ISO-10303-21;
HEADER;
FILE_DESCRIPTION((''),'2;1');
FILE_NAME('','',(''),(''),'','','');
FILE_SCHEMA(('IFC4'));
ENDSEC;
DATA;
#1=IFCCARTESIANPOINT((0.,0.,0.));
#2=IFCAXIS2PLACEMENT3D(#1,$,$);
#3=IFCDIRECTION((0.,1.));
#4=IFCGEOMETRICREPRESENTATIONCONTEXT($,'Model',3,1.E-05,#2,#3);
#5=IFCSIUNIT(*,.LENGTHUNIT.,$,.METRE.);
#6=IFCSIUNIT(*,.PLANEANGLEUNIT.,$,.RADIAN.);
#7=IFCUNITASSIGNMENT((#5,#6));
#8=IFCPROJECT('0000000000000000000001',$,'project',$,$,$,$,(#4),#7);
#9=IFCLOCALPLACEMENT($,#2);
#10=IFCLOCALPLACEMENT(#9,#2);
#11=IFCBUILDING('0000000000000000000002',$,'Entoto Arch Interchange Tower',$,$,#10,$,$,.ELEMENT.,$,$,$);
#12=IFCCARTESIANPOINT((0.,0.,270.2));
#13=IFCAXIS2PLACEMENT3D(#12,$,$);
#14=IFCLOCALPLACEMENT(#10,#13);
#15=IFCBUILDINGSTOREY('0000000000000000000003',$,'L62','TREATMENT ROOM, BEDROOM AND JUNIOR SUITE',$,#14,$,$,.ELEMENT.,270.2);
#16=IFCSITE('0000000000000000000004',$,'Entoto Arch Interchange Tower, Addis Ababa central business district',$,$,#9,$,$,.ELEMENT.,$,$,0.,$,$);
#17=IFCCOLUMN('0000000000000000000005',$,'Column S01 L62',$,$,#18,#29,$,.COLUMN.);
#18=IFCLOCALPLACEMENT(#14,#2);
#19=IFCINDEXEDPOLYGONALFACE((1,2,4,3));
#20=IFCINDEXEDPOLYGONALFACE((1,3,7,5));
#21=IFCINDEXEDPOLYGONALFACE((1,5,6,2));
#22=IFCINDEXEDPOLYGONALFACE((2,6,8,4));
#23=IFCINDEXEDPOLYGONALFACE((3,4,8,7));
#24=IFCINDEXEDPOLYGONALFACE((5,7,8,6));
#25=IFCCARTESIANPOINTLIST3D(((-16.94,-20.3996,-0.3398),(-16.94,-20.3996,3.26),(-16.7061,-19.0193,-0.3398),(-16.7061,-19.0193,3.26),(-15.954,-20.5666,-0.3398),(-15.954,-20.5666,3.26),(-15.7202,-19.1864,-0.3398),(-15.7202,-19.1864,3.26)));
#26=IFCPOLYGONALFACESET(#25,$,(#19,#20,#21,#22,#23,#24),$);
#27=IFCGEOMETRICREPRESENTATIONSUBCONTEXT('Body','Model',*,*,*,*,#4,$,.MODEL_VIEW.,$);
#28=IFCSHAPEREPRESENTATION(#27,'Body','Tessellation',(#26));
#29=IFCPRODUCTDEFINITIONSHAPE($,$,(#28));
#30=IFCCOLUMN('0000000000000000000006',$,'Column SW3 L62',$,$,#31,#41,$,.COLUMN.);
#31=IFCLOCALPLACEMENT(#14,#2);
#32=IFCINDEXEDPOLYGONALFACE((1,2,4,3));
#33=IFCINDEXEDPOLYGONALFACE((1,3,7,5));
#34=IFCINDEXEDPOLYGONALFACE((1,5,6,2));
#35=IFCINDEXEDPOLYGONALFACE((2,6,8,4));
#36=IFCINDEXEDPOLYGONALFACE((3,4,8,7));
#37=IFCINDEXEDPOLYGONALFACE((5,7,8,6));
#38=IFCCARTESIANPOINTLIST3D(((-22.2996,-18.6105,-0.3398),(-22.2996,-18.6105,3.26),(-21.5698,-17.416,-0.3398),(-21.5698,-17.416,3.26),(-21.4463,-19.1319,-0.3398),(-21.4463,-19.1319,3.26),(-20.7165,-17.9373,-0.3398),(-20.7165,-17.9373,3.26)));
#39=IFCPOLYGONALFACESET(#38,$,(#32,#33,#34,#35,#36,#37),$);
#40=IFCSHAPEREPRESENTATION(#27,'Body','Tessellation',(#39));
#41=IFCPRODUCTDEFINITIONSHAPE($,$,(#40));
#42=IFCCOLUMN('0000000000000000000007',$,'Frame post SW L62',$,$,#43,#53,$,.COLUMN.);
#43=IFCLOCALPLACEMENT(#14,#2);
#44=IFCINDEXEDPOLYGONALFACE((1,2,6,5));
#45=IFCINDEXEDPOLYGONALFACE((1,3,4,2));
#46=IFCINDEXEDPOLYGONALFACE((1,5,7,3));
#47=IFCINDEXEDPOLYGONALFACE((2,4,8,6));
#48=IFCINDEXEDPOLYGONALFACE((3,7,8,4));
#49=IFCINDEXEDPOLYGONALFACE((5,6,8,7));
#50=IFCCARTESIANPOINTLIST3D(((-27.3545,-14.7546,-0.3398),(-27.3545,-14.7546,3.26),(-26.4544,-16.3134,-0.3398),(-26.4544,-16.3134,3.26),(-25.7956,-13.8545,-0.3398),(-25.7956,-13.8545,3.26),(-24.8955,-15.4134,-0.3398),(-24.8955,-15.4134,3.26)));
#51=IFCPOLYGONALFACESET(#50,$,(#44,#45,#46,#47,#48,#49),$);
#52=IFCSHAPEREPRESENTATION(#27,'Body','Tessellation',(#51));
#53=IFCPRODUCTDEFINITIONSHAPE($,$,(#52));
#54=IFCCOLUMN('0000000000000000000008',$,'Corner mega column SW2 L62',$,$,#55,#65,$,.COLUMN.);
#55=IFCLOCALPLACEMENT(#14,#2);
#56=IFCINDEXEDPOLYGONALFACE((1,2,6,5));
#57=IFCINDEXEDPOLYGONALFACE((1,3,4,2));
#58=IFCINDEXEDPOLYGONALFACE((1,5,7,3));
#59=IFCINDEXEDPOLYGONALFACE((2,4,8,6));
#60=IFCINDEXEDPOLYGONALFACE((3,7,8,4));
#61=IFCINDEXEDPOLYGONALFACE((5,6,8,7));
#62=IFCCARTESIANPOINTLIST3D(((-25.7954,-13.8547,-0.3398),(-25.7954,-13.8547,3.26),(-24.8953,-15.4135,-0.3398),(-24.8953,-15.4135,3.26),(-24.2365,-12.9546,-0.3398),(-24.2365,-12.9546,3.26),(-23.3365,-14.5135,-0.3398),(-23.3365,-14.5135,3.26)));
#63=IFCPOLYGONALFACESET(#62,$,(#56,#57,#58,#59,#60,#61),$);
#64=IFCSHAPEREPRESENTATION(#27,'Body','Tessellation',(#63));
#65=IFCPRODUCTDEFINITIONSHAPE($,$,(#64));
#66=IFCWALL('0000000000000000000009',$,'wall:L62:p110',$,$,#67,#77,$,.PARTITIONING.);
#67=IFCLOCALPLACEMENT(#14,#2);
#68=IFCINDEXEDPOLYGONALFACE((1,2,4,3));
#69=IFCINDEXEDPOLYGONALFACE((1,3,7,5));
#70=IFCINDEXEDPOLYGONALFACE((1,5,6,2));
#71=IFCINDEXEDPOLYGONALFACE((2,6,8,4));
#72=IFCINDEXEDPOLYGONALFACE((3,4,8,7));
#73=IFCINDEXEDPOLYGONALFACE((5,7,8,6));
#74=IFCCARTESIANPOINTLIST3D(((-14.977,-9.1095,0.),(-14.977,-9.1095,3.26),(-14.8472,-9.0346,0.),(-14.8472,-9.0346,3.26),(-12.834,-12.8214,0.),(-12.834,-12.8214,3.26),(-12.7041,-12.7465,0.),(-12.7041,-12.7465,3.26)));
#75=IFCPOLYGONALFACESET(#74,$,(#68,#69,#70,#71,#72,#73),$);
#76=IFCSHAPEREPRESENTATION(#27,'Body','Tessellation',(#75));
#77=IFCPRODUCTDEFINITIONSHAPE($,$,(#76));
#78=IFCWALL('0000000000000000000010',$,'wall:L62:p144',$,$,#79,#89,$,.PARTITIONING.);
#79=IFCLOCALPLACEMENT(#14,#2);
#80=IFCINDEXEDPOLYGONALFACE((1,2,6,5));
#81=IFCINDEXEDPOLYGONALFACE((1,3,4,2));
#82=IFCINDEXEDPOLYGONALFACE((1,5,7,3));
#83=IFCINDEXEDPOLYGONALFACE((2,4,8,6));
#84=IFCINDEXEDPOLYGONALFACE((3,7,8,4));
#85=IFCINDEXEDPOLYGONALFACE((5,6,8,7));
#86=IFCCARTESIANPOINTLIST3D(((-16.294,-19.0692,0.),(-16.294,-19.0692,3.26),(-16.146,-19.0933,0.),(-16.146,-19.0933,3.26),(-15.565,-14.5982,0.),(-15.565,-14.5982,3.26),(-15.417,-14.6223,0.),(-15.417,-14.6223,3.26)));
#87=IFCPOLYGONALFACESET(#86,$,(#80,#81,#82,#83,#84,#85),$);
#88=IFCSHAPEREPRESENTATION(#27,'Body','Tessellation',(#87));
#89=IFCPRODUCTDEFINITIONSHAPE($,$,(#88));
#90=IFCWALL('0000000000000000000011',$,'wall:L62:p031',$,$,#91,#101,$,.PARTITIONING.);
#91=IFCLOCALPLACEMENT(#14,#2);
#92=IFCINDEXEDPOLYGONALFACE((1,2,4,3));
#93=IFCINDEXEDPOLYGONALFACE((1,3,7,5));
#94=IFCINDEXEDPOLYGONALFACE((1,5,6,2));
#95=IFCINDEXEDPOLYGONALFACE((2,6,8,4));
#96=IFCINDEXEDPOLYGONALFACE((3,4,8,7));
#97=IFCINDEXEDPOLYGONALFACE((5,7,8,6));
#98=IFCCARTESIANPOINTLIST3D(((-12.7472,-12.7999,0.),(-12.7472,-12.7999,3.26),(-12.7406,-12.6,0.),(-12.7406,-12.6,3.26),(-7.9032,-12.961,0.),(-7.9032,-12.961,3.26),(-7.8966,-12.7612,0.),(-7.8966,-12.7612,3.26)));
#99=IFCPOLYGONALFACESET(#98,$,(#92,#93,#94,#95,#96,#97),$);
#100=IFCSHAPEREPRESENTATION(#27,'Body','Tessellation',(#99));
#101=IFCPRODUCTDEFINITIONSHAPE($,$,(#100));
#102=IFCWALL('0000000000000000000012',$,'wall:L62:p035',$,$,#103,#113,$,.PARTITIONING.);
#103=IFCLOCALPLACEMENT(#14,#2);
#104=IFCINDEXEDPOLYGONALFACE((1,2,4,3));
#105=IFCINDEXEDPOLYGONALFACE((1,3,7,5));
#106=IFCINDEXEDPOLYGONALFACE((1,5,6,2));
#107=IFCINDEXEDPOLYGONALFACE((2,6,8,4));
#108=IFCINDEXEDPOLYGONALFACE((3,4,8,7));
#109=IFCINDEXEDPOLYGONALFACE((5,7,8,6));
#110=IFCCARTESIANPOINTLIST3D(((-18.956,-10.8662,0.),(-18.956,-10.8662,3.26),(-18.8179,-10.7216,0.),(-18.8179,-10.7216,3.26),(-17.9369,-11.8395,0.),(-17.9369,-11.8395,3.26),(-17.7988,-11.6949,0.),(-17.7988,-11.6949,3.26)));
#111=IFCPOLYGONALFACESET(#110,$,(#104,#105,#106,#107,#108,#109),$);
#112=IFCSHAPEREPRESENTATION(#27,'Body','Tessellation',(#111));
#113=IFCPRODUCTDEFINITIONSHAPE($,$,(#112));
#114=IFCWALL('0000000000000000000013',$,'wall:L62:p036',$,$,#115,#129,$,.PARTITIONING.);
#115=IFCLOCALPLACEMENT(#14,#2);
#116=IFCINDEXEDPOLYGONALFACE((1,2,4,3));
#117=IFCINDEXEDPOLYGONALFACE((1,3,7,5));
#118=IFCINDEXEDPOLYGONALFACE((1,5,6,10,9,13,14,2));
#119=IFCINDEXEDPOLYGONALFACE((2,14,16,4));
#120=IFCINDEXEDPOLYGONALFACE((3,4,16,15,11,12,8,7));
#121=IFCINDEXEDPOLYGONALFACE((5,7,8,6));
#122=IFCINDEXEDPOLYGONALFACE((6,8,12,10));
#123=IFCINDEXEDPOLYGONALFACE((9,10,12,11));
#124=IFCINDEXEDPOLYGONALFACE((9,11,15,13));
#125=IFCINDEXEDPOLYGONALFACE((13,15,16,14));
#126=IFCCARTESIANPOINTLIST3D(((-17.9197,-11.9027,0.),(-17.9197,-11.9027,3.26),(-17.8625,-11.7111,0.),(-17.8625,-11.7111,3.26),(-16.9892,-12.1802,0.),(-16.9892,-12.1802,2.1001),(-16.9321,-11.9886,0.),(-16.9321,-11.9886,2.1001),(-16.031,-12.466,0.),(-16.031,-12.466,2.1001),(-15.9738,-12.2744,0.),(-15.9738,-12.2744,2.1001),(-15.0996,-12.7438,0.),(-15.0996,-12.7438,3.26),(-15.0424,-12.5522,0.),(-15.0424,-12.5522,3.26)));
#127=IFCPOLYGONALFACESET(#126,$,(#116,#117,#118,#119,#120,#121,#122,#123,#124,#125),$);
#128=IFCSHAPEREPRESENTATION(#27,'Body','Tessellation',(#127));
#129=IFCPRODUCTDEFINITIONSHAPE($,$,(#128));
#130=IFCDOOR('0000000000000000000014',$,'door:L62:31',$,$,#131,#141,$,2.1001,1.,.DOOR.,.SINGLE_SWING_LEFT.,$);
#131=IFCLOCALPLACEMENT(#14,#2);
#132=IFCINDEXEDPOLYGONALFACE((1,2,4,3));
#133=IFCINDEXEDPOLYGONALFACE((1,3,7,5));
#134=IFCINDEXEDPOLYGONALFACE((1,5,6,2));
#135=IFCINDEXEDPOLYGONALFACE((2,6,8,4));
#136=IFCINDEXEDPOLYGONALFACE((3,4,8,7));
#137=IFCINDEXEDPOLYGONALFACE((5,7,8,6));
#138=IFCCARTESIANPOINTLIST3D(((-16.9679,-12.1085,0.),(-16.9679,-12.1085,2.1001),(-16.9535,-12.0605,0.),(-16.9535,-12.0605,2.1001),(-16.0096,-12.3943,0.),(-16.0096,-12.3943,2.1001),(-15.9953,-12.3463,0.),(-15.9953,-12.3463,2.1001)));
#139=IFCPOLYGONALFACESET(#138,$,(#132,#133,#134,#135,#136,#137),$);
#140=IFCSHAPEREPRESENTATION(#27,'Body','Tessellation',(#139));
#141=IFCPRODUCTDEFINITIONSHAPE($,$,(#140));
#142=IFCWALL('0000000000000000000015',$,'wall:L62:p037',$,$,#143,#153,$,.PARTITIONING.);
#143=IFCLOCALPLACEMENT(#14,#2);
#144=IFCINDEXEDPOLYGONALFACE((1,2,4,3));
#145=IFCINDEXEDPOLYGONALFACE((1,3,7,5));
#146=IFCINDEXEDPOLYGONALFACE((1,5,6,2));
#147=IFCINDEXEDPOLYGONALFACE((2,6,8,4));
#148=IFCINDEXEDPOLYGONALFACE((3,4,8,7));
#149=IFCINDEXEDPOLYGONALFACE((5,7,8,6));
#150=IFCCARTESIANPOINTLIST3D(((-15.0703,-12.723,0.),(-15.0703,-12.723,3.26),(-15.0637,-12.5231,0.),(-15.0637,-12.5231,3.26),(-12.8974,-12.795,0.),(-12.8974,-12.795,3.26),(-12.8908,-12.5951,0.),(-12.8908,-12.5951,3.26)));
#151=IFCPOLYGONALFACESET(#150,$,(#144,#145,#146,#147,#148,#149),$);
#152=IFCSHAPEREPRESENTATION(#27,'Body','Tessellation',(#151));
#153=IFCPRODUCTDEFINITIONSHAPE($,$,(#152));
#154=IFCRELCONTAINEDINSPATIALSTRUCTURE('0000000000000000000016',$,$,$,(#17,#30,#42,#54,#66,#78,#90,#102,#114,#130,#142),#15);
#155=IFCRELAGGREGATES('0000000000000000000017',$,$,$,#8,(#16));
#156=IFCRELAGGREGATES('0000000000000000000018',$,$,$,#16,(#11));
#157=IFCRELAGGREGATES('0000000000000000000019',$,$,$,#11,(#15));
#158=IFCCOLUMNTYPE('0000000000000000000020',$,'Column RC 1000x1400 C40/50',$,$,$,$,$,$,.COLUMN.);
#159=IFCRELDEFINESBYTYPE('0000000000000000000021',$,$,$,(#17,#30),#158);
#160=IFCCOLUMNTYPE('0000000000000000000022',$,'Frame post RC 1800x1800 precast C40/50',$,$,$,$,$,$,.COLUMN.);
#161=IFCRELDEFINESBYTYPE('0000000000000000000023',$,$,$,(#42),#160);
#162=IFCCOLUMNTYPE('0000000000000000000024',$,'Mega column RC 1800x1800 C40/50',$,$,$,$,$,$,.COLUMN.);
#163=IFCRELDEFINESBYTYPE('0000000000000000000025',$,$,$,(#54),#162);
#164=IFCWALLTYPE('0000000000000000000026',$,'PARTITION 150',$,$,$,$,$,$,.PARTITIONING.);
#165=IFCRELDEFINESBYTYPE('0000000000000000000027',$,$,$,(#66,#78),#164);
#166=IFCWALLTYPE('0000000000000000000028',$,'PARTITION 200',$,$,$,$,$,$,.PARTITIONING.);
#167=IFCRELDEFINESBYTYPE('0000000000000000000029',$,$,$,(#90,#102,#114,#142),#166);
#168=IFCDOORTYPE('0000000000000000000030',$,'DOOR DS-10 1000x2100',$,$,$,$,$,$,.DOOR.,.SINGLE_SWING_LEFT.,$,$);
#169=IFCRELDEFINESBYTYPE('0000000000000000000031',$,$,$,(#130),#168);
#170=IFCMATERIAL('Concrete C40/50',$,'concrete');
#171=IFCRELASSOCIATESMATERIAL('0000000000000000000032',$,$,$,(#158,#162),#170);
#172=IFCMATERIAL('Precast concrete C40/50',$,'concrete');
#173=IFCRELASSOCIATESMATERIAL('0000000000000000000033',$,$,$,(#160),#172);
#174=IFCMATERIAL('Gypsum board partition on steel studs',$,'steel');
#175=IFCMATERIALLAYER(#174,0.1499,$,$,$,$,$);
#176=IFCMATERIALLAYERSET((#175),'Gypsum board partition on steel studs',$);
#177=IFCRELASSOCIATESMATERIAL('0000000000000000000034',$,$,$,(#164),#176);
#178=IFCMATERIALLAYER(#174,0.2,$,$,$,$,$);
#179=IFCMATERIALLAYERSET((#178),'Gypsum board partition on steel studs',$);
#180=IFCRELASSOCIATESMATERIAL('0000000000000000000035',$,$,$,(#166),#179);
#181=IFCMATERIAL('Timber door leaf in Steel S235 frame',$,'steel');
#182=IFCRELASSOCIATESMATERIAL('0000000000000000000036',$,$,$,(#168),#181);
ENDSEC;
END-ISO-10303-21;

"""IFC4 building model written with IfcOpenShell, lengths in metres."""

from ifc_helpers import new_model, si_unit, direction, frame, frame_2d, origin, origin_2d, place, context, subcontext, project, spatial, rectangle, extrude, material, layer, layer_set, material_profile, profile_set, type_object, element, fill, save


model = new_model("IFC4")

# Units and contexts
model_context = context("Model", 3, precision=1e-05, world=origin(), true_north=direction((0.0, 1.0)))
body_context = subcontext(model_context, "Body", "Model", "MODEL_VIEW")
ifc_project = project(units=[si_unit("LENGTHUNIT", "METRE"), si_unit("PLANEANGLEUNIT", "RADIAN")], contexts=[model_context])

# Site, building, storey
site_placement = place(None, origin())
site = spatial("IfcSite", under=ifc_project, at=site_placement, Name="Entoto Arch Interchange Tower, Addis Ababa central business district", CompositionType="ELEMENT", RefElevation=0.0)
building_placement = place(site_placement, origin())
building = spatial("IfcBuilding", under=site, at=building_placement, Name="Entoto Arch Interchange Tower", CompositionType="ELEMENT")
storey_placement = place(building_placement, frame((0.0, 0.0, 270.2)))
storey = spatial("IfcBuildingStorey", under=building, at=storey_placement, Name="L62", Description="TREATMENT ROOM, BEDROOM AND JUNIOR SUITE", CompositionType="ELEMENT", Elevation=270.2)

# Columns
ifc_material_1 = material(Name="Concrete C40/50", Category="concrete")
ifc_material_profile_1 = material_profile(ifc_material_1, rectangle(XDim=1.0, YDim=1.3999, at=origin_2d()))
ifc_profile_set_1 = profile_set([ifc_material_profile_1], Name="Concrete C40/50")
column_type_1 = type_object("IfcColumnType", Name="Column RC 1000x1400 C40/50", PredefinedType="COLUMN", material=ifc_profile_set_1)
for number, where, z_axis, x_axis, name in (
    (1, (-16.3301, -19.793, -0.3398), (0.0, 0.0, 1.0), (-0.985952, 0.167027, 0.0), "Column S01 L62"),
    (2, (-21.5081, -18.2739, -0.3398), (0.0, 0.0, 1.0), (-0.853342, 0.521352, 0.0), "Column SW3 L62"),
):
    element("IfcColumn", number, at=place(storey_placement, frame(where, z_axis=z_axis, x_axis=x_axis)), inside=storey, type_object=column_type_1, Name=name, PredefinedType="COLUMN", context=body_context, shape_type="SweptSolid", body=[
        extrude(rectangle(XDim=1.0, YDim=1.3999, at=origin_2d()), origin(), (0.0, 0.0, 1.0), 3.5999),
    ])
ifc_material_2 = material(Name="Precast concrete C40/50", Category="concrete")
ifc_material_profile_2 = material_profile(ifc_material_2, rectangle(XDim=1.8, YDim=1.8, at=origin_2d()))
ifc_profile_set_2 = profile_set([ifc_material_profile_2], Name="Precast concrete C40/50")
column_type_2 = type_object("IfcColumnType", Name="Frame post RC 1800x1800 precast C40/50", PredefinedType="COLUMN", material=ifc_profile_set_2)
column_1_placement = place(storey_placement, frame((-26.125, -15.084, -0.3398), z_axis=(0.0, 0.0, 1.0), x_axis=(0.866025, 0.5, 0.0)))
element("IfcColumn", 3, at=column_1_placement, inside=storey, type_object=column_type_2, Name="Frame post SW L62", PredefinedType="COLUMN", context=body_context, shape_type="SweptSolid", body=[
    extrude(rectangle(XDim=1.8, YDim=1.8, at=origin_2d()), origin(), (0.0, 0.0, 1.0), 3.5999),
])
ifc_material_profile_3 = material_profile(ifc_material_1, rectangle(XDim=1.8, YDim=1.8, at=origin_2d()))
ifc_profile_set_3 = profile_set([ifc_material_profile_3], Name="Concrete C40/50")
column_type_3 = type_object("IfcColumnType", Name="Mega column RC 1800x1800 C40/50", PredefinedType="COLUMN", material=ifc_profile_set_3)
column_2_placement = place(storey_placement, frame((-24.5659, -14.1841, -0.3398), z_axis=(0.0, 0.0, 1.0), x_axis=(0.866025, 0.5, 0.0)))
element("IfcColumn", 4, at=column_2_placement, inside=storey, type_object=column_type_3, Name="Corner mega column SW2 L62", PredefinedType="COLUMN", context=body_context, shape_type="SweptSolid", body=[
    extrude(rectangle(XDim=1.8, YDim=1.8, at=origin_2d()), origin(), (0.0, 0.0, 1.0), 3.5999),
])

# Walls
ifc_material_3 = material(Name="Gypsum board partition on steel studs", Category="steel")
ifc_layer_1 = layer(ifc_material_3, 0.1499)
ifc_layer_set_1 = layer_set([ifc_layer_1], Name="Gypsum board partition on steel studs")
wall_type_1 = type_object("IfcWallType", Name="PARTITION 150", PredefinedType="PARTITIONING", material=ifc_layer_set_1)
wall_1_placement = place(storey_placement, frame((-12.769, -12.7839, 0.0), z_axis=(0.0, 0.0, 1.0), x_axis=(-0.499999, 0.866026, 0.0)))
element("IfcWall", 5, at=wall_1_placement, inside=storey, type_object=wall_type_1, Name="wall:L62:p110", PredefinedType="PARTITIONING", context=body_context, shape_type="SweptSolid", body=[
    extrude(rectangle(XDim=4.2861, YDim=0.1499, at=frame_2d((2.1431, 0.0))), origin(), (0.0, 0.0, 1.0), 3.26),
])
wall_2_placement = place(storey_placement, frame((-15.491, -14.6101, 0.0), z_axis=(0.0, 0.0, 1.0), x_axis=(-0.160928, -0.986966, 0.0)))
element("IfcWall", 6, at=wall_2_placement, inside=storey, type_object=wall_type_1, Name="wall:L62:p144", PredefinedType="PARTITIONING", context=body_context, shape_type="SweptSolid", body=[
    extrude(rectangle(XDim=4.53, YDim=0.1499, at=frame_2d((2.2651, 0.0))), origin(), (0.0, 0.0, 1.0), 3.26),
])
ifc_layer_2 = layer(ifc_material_3, 0.2)
ifc_layer_set_2 = layer_set([ifc_layer_2], Name="Gypsum board partition on steel studs")
wall_type_2 = type_object("IfcWallType", Name="PARTITION 200", PredefinedType="PARTITIONING", material=ifc_layer_set_2)
wall_3_placement = place(storey_placement, frame((-12.7439, -12.7, 0.0), z_axis=(0.0, 0.0, 1.0), x_axis=(0.999447, -0.033246, 0.0)))
element("IfcWall", 7, at=wall_3_placement, inside=storey, type_object=wall_type_2, Name="wall:L62:p031", PredefinedType="PARTITIONING", context=body_context, shape_type="SweptSolid", body=[
    extrude(rectangle(XDim=4.8467, YDim=0.2, at=frame_2d((2.4233, 0.0))), origin(), (0.0, 0.0, 1.0), 3.26),
])
wall_4_placement = place(storey_placement, frame((-18.887, -10.7939, 0.0), z_axis=(0.0, 0.0, 1.0), x_axis=(0.723206, -0.690632, 0.0)))
element("IfcWall", 8, at=wall_4_placement, inside=storey, type_object=wall_type_2, Name="wall:L62:p035", PredefinedType="PARTITIONING", context=body_context, shape_type="SweptSolid", body=[
    extrude(rectangle(XDim=1.4092, YDim=0.2, at=frame_2d((0.7046, 0.0))), origin(), (0.0, 0.0, 1.0), 3.26),
])

# Wall, opening, door
wall_5_placement = place(storey_placement, frame((-17.8911, -11.8069, 0.0), z_axis=(0.0, 0.0, 1.0), x_axis=(0.958289, -0.285802, 0.0)))
wall_5 = element("IfcWall", 9, at=wall_5_placement, inside=storey, type_object=wall_type_2, Name="wall:L62:p036", PredefinedType="PARTITIONING", context=body_context, shape_type="SweptSolid", body=[
    extrude(rectangle(XDim=2.9429, YDim=0.2, at=frame_2d((1.4714, 0.0))), origin(), (0.0, 0.0, 1.0), 3.26),
])
opening_1_placement = place(wall_5_placement, frame((0.9709, 0.0, 0.0)))
opening_1 = element("IfcOpeningElement", 10, at=opening_1_placement, cuts=wall_5, PredefinedType="OPENING", context=body_context, shape_type="SweptSolid", body=[
    extrude(rectangle(XDim=1.0, YDim=2.1001, at=frame_2d((0.5, 1.05))), frame((0.0, 0.1099, 0.0), z_axis=(0.0, -1.0, 0.0), x_axis=(1.0, 0.0, 0.0)), (0.0, 0.0, 1.0), 0.22),
])
ifc_material_4 = material(Name="Timber door leaf in Steel S235 frame", Category="steel")
door_type_1 = type_object("IfcDoorType", Name="DOOR DS-10 1000x2100", OperationType="SINGLE_SWING_LEFT", PredefinedType="DOOR", material=ifc_material_4)
door_1_placement = place(opening_1_placement, origin())
door_1 = element("IfcDoor", 11, at=door_1_placement, inside=storey, type_object=door_type_1, Name="door:L62:31", OperationType="SINGLE_SWING_LEFT", OverallHeight=2.1001, OverallWidth=1.0, PredefinedType="DOOR", context=body_context, shape_type="SweptSolid", body=[
    extrude(rectangle(XDim=1.0, YDim=2.1001, at=frame_2d((0.5, 1.05))), frame((0.0, 0.0249, 0.0), z_axis=(0.0, -1.0, 0.0), x_axis=(1.0, 0.0, 0.0)), (0.0, 0.0, 1.0), 0.05),
])
fill(opening_1, door_1)

# Wall
wall_6_placement = place(storey_placement, frame((-15.0669, -12.623, 0.0), z_axis=(0.0, 0.0, 1.0), x_axis=(0.999451, -0.033128, 0.0)))
element("IfcWall", 12, at=wall_6_placement, inside=storey, type_object=wall_type_2, Name="wall:L62:p037", PredefinedType="PARTITIONING", context=body_context, shape_type="SweptSolid", body=[
    extrude(rectangle(XDim=2.1741, YDim=0.2, at=frame_2d((1.0869, 0.0))), origin(), (0.0, 0.0, 1.0), 3.26),
])

save(model, "model.ifc")
